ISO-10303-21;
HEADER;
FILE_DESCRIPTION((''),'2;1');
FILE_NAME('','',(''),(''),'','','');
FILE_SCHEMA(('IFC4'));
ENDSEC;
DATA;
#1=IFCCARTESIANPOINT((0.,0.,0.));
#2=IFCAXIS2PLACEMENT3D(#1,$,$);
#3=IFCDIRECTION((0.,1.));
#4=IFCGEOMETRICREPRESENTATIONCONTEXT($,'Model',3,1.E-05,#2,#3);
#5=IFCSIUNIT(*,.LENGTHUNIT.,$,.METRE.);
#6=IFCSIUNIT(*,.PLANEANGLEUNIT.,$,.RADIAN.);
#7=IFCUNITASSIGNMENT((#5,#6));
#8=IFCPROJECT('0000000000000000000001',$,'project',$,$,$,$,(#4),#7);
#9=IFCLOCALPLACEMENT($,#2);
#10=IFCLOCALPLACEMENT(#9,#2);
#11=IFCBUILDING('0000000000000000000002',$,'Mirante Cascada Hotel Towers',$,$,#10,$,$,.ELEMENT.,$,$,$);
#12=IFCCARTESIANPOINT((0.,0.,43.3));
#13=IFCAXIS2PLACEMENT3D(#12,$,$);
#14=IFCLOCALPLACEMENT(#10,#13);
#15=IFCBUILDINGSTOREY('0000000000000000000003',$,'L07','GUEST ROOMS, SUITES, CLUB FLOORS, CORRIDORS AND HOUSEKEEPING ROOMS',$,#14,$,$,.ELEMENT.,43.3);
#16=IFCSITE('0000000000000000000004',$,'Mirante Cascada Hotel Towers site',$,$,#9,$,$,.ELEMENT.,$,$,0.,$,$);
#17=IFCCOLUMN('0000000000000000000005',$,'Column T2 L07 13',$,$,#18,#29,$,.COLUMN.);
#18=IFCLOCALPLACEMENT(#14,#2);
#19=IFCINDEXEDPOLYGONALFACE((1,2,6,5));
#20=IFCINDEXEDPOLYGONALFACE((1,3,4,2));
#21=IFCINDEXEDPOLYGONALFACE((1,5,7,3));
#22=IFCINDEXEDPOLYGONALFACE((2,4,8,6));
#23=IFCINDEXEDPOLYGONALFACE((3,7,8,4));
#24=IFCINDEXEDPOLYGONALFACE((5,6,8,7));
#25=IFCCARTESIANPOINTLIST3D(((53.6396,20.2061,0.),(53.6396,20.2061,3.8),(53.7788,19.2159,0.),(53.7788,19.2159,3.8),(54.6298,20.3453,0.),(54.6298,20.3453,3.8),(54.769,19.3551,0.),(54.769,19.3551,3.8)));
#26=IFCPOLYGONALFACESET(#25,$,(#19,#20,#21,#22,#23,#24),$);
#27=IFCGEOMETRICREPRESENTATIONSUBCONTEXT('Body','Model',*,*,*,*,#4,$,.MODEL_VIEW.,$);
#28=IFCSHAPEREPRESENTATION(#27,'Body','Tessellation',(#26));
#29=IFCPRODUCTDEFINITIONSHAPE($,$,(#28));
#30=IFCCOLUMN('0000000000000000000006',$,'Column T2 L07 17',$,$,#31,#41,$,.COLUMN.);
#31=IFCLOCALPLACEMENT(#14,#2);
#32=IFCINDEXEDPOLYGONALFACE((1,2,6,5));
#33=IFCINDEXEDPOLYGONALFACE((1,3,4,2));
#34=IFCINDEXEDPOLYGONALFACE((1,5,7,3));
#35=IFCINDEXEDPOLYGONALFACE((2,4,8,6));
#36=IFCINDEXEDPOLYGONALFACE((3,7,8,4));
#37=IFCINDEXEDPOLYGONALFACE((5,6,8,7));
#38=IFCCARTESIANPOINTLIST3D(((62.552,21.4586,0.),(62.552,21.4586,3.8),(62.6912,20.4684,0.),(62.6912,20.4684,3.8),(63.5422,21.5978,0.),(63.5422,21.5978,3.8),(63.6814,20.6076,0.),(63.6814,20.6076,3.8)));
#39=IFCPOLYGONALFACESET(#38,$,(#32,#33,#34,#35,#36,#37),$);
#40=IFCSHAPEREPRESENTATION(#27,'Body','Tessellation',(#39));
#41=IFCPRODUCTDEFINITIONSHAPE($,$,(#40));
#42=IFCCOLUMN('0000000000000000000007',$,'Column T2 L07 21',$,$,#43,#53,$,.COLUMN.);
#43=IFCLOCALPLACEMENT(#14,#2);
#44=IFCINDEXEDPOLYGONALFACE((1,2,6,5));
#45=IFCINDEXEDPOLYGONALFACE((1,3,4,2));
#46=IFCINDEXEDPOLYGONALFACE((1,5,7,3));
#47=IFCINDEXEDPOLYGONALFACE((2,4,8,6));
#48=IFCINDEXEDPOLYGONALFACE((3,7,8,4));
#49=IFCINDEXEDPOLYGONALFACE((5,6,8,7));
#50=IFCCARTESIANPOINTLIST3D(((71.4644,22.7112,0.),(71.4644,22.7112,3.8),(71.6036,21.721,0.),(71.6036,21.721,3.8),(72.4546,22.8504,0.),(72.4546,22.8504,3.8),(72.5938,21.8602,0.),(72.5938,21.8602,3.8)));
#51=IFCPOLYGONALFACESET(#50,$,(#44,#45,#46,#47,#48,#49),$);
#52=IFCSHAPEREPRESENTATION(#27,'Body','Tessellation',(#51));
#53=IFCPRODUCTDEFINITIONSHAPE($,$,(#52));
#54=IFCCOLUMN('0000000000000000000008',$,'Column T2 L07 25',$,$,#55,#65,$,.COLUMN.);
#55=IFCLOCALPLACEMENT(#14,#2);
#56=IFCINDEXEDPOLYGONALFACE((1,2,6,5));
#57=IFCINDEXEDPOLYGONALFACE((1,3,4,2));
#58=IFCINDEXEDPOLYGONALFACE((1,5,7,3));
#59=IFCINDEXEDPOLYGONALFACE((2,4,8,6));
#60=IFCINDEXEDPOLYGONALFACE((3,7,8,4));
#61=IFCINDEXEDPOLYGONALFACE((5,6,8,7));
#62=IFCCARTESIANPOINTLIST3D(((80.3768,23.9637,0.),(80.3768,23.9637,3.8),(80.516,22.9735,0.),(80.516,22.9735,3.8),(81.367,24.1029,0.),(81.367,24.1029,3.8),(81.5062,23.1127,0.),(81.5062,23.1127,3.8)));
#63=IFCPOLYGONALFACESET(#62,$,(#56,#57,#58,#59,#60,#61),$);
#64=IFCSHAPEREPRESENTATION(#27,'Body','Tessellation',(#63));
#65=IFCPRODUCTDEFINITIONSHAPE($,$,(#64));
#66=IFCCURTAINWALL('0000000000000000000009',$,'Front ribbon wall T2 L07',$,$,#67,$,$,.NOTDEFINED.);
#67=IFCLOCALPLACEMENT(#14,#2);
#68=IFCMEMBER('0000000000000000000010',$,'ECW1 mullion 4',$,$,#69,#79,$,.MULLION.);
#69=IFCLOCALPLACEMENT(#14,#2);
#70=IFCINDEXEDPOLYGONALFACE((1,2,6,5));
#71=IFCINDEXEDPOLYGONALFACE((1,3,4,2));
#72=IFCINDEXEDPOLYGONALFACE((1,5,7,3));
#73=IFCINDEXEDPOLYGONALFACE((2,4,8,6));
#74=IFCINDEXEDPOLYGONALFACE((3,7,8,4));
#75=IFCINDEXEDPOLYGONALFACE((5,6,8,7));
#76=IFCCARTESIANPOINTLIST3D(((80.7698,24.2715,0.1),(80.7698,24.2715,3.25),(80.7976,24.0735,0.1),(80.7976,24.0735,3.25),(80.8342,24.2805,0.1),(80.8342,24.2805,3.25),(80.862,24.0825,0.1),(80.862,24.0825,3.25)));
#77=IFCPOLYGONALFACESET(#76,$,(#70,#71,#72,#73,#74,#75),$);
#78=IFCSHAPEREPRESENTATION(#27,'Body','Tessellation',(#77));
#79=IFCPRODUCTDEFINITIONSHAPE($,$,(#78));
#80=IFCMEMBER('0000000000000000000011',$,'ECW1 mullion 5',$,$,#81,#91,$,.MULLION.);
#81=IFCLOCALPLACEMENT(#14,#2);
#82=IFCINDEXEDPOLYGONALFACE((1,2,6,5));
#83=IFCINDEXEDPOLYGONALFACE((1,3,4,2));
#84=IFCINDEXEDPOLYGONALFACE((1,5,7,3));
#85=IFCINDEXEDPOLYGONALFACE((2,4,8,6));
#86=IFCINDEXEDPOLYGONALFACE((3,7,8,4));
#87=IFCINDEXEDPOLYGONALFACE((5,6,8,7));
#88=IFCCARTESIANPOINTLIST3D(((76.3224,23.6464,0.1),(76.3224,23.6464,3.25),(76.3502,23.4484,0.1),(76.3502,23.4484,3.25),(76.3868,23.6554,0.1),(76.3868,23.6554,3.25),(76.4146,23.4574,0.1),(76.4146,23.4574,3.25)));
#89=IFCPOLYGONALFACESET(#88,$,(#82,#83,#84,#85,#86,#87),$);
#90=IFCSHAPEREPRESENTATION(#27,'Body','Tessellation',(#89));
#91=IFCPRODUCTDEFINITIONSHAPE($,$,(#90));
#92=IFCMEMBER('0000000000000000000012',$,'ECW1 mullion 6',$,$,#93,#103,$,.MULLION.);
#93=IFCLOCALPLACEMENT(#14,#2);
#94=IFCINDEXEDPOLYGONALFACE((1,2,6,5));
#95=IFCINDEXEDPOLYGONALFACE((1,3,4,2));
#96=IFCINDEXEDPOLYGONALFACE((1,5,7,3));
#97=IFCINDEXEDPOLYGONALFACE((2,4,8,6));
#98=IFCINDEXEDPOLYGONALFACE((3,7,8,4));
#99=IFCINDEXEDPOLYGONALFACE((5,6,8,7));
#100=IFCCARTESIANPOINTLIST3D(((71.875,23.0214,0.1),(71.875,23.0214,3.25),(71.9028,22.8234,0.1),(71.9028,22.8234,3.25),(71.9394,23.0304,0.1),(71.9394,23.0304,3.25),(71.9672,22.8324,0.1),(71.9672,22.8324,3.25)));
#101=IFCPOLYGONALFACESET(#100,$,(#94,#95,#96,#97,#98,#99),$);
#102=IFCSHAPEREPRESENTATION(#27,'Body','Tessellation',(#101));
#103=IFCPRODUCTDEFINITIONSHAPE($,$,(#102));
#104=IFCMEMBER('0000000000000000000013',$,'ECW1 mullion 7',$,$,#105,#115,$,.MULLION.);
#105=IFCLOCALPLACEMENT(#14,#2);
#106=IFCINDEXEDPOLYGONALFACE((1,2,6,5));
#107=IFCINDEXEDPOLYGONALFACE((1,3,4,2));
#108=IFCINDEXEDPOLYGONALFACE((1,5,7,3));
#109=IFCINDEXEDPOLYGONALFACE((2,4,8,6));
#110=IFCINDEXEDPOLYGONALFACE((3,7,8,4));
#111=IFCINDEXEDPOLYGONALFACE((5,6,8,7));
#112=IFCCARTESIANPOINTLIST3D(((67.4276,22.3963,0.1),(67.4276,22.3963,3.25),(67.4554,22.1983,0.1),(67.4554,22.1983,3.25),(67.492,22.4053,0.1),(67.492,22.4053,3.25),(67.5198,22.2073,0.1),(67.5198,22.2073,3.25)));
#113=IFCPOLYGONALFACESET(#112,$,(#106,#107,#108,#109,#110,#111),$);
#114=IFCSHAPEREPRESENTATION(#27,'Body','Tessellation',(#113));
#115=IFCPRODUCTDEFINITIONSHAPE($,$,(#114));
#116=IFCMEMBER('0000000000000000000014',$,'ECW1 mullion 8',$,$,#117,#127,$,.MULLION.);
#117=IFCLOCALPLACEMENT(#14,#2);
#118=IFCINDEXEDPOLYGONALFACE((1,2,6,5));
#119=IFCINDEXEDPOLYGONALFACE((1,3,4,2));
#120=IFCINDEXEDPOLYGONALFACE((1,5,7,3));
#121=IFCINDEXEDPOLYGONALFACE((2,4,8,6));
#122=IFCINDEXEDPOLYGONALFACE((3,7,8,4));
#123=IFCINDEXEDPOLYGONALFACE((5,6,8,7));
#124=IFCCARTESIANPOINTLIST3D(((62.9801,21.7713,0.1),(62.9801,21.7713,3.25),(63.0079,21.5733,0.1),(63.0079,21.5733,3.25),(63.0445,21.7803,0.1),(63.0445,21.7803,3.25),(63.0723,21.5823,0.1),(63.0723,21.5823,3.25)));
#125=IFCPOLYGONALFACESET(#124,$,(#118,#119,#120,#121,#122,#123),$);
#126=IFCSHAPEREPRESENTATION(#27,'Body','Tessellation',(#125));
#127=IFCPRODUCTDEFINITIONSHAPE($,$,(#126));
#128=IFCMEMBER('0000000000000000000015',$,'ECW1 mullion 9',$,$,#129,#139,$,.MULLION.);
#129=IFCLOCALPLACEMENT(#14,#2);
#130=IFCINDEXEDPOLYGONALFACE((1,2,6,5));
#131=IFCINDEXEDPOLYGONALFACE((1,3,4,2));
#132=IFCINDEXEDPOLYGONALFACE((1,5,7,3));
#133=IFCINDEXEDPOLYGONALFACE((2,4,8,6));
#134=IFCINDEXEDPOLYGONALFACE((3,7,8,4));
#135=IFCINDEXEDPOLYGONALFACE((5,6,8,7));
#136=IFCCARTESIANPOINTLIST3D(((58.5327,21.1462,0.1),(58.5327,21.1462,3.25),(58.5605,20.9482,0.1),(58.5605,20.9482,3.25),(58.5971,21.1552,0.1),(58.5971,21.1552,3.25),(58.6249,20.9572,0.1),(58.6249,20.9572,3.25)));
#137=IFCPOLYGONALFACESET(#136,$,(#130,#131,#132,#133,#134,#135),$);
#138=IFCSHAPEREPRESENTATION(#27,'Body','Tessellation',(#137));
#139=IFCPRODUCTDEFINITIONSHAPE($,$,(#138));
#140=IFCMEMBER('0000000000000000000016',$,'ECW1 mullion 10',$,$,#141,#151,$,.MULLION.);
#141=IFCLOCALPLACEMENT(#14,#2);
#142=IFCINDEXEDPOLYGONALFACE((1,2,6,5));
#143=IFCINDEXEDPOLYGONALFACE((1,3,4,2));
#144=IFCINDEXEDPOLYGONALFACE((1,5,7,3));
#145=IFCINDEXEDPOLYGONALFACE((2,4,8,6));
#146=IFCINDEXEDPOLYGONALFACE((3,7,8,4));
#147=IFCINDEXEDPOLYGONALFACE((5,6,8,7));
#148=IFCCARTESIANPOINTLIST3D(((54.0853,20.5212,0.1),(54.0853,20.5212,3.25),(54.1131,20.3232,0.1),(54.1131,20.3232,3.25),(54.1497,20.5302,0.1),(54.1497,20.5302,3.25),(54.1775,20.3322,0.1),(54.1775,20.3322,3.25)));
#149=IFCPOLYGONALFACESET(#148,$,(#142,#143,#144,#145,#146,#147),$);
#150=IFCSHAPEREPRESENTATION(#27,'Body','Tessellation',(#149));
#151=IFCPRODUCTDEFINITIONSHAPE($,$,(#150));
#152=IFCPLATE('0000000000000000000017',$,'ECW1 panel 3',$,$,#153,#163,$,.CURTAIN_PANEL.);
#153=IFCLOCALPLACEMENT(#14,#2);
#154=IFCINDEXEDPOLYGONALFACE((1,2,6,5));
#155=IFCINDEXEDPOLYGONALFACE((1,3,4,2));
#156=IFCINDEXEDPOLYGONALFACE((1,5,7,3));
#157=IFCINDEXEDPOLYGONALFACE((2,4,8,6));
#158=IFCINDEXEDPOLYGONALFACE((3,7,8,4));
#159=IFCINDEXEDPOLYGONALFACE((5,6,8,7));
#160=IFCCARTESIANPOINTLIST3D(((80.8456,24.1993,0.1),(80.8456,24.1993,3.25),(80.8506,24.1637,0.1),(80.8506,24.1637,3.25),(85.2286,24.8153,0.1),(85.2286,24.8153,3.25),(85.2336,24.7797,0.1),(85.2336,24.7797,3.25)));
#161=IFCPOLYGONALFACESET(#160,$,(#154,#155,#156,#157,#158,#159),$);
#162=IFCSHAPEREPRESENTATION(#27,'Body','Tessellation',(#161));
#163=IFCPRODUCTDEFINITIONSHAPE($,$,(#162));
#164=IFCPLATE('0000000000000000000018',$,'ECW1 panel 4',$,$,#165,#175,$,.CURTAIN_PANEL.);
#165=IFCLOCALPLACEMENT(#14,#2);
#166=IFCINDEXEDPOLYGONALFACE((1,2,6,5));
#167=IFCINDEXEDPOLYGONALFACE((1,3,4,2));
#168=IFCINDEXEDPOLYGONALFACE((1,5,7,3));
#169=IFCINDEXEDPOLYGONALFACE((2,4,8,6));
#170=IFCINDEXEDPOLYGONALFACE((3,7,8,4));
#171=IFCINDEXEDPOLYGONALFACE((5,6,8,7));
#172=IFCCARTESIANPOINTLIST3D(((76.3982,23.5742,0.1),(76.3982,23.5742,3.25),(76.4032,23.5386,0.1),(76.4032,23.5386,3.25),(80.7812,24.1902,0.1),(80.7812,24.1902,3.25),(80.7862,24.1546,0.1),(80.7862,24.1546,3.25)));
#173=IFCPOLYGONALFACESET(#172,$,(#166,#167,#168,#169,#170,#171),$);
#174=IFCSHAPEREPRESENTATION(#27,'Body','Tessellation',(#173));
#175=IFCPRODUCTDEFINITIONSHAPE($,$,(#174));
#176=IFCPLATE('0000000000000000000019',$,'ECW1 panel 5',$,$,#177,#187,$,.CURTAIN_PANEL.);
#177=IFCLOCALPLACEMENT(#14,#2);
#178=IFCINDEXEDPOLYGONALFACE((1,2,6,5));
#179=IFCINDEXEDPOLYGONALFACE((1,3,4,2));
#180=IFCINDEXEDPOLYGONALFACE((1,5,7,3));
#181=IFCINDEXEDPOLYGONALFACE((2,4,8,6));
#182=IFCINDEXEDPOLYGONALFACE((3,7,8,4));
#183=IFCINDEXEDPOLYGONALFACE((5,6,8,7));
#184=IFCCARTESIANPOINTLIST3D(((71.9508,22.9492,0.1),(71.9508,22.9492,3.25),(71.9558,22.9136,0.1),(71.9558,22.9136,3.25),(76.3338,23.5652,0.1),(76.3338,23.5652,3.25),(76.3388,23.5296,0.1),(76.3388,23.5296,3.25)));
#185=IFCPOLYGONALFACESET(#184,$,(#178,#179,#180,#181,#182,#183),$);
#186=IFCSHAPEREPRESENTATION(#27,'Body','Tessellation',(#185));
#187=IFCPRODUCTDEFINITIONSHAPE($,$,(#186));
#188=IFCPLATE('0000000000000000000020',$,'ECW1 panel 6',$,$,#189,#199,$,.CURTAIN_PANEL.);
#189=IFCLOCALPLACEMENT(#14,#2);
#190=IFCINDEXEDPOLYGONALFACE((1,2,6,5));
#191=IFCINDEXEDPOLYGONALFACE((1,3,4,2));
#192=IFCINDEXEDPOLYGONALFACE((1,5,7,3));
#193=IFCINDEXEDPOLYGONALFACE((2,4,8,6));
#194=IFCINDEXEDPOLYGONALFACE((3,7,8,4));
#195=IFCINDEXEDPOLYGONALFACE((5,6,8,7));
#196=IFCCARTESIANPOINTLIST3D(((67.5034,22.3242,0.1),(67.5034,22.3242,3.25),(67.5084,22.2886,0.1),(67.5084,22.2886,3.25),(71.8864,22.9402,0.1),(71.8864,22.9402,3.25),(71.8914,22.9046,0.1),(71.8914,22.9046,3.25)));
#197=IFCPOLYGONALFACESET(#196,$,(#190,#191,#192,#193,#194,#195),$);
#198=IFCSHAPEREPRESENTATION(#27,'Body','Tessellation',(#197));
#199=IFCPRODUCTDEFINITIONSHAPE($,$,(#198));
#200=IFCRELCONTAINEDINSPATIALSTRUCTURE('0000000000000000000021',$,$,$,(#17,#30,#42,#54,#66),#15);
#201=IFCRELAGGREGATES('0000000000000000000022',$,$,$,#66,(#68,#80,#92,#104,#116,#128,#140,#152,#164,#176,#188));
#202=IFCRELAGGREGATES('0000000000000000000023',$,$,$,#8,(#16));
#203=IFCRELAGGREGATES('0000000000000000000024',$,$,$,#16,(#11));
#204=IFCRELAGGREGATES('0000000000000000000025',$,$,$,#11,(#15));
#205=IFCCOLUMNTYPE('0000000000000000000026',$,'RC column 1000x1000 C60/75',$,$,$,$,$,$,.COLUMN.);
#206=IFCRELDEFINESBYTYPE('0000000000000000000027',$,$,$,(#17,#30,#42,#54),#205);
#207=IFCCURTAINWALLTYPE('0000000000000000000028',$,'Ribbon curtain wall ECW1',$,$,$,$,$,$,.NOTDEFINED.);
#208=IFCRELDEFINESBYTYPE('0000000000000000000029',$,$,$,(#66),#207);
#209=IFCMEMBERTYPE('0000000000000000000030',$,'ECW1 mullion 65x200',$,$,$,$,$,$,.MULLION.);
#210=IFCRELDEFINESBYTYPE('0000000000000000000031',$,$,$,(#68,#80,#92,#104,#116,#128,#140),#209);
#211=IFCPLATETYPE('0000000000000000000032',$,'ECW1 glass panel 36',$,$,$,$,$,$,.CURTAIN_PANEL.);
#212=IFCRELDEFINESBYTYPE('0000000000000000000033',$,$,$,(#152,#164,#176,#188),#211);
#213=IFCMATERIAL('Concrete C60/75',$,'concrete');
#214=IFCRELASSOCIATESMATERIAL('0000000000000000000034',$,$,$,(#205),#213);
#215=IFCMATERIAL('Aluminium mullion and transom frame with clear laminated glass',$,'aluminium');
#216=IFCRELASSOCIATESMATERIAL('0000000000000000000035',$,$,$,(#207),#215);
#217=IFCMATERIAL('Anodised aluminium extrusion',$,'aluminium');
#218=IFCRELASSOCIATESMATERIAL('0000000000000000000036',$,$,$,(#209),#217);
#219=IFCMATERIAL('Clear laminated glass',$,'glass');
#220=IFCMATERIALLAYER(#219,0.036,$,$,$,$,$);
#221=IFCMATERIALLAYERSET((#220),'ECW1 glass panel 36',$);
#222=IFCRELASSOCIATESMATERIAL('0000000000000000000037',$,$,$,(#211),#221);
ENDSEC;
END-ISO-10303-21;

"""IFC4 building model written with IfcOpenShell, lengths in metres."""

from ifc_helpers import new_model, si_unit, direction, frame, origin, origin_2d, place, context, subcontext, project, spatial, rectangle, extrude, material, layer, layer_set, material_profile, profile_set, type_object, element, aggregate, save


model = new_model("IFC4")

# Units and contexts
model_context = context("Model", 3, precision=1e-05, world=origin(), true_north=direction((0.0, 1.0)))
body_context = subcontext(model_context, "Body", "Model", "MODEL_VIEW")
ifc_project = project(units=[si_unit("LENGTHUNIT", "METRE"), si_unit("PLANEANGLEUNIT", "RADIAN")], contexts=[model_context])

# Site, building, storey
site_placement = place(None, origin())
site = spatial("IfcSite", under=ifc_project, at=site_placement, Name="Mirante Cascada Hotel Towers site", CompositionType="ELEMENT", RefElevation=0.0)
building_placement = place(site_placement, origin())
building = spatial("IfcBuilding", under=site, at=building_placement, Name="Mirante Cascada Hotel Towers", CompositionType="ELEMENT")
storey_placement = place(building_placement, frame((0.0, 0.0, 43.3)))
storey = spatial("IfcBuildingStorey", under=building, at=storey_placement, Name="L07", Description="GUEST ROOMS, SUITES, CLUB FLOORS, CORRIDORS AND HOUSEKEEPING ROOMS", CompositionType="ELEMENT", Elevation=43.3)

# Columns
ifc_material_1 = material(Name="Concrete C60/75", Category="concrete")
ifc_material_profile_1 = material_profile(ifc_material_1, rectangle(XDim=1.0, YDim=1.0, at=origin_2d()), Name="RC column 1000x1000 C60/75")
ifc_profile_set_1 = profile_set([ifc_material_profile_1], Name="Concrete C60/75")
column_type = type_object("IfcColumnType", Name="RC column 1000x1000 C60/75", PredefinedType="COLUMN", material=ifc_profile_set_1)
for number, where, z_axis, x_axis, name in (
    (1, (54.2043, 19.7806, 0.0), (0.0, 0.0, 1.0), (0.990268, 0.139173, 0.0), "Column T2 L07 13"),
    (2, (63.1167, 21.0331, 0.0), (0.0, 0.0, 1.0), (0.990268, 0.139173, 0.0), "Column T2 L07 17"),
    (3, (72.0291, 22.2857, 0.0), (0.0, 0.0, 1.0), (0.990268, 0.139173, 0.0), "Column T2 L07 21"),
    (4, (80.9415, 23.5382, 0.0), (0.0, 0.0, 1.0), (0.990268, 0.139173, 0.0), "Column T2 L07 25"),
):
    element("IfcColumn", number, at=place(storey_placement, frame(where, z_axis=z_axis, x_axis=x_axis)), inside=storey, type_object=column_type, Name=name, PredefinedType="COLUMN", context=body_context, shape_type="SweptSolid", body=[
        extrude(rectangle(XDim=1.0, YDim=1.0, at=origin_2d()), origin(), (0.0, 0.0, 1.0), 3.8),
    ])

# Curtain wall, members, plates
ifc_material_2 = material(Name="Aluminium mullion and transom frame with clear laminated glass", Category="aluminium")
curtain_wall_type = type_object("IfcCurtainWallType", Name="Ribbon curtain wall ECW1", PredefinedType="NOTDEFINED", material=ifc_material_2)
curtain_wall_placement = place(storey_placement, origin())
curtain_wall = element("IfcCurtainWall", 5, at=curtain_wall_placement, inside=storey, type_object=curtain_wall_type, Name="Front ribbon wall T2 L07", PredefinedType="NOTDEFINED")
ifc_material_3 = material(Name="Anodised aluminium extrusion", Category="aluminium")
ifc_material_profile_2 = material_profile(ifc_material_3, rectangle(XDim=0.2, YDim=0.065, at=origin_2d()), Name="ECW1 MULLION 65x200")
ifc_profile_set_2 = profile_set([ifc_material_profile_2], Name="Anodised aluminium extrusion")
member_type = type_object("IfcMemberType", Name="ECW1 mullion 65x200", PredefinedType="MULLION", material=ifc_profile_set_2)
member_1_placement = place(storey_placement, frame((80.8159, 24.177, 0.1), z_axis=(0.0, 0.0, 1.0), x_axis=(0.139173, -0.990268, 0.0)))
member_1 = element("IfcMember", 6, at=member_1_placement, type_object=member_type, Name="ECW1 mullion 4", PredefinedType="MULLION", context=body_context, shape_type="SweptSolid", body=[
    extrude(rectangle(XDim=0.2, YDim=0.065, at=origin_2d()), origin(), (0.0, 0.0, 1.0), 3.15),
])
member_2_placement = place(storey_placement, frame((76.3685, 23.5519, 0.1), z_axis=(0.0, 0.0, 1.0), x_axis=(0.139173, -0.990268, 0.0)))
member_2 = element("IfcMember", 7, at=member_2_placement, type_object=member_type, Name="ECW1 mullion 5", PredefinedType="MULLION", context=body_context, shape_type="SweptSolid", body=[
    extrude(rectangle(XDim=0.2, YDim=0.065, at=origin_2d()), origin(), (0.0, 0.0, 1.0), 3.15),
])
member_3_placement = place(storey_placement, frame((71.9211, 22.9269, 0.1), z_axis=(0.0, 0.0, 1.0), x_axis=(0.139173, -0.990268, 0.0)))
member_3 = element("IfcMember", 8, at=member_3_placement, type_object=member_type, Name="ECW1 mullion 6", PredefinedType="MULLION", context=body_context, shape_type="SweptSolid", body=[
    extrude(rectangle(XDim=0.2, YDim=0.065, at=origin_2d()), origin(), (0.0, 0.0, 1.0), 3.15),
])
member_4_placement = place(storey_placement, frame((67.4737, 22.3018, 0.1), z_axis=(0.0, 0.0, 1.0), x_axis=(0.139173, -0.990268, 0.0)))
member_4 = element("IfcMember", 9, at=member_4_placement, type_object=member_type, Name="ECW1 mullion 7", PredefinedType="MULLION", context=body_context, shape_type="SweptSolid", body=[
    extrude(rectangle(XDim=0.2, YDim=0.065, at=origin_2d()), origin(), (0.0, 0.0, 1.0), 3.15),
])
member_5_placement = place(storey_placement, frame((63.0262, 21.6768, 0.1), z_axis=(0.0, 0.0, 1.0), x_axis=(0.139173, -0.990268, 0.0)))
member_5 = element("IfcMember", 10, at=member_5_placement, type_object=member_type, Name="ECW1 mullion 8", PredefinedType="MULLION", context=body_context, shape_type="SweptSolid", body=[
    extrude(rectangle(XDim=0.2, YDim=0.065, at=origin_2d()), origin(), (0.0, 0.0, 1.0), 3.15),
])
member_6_placement = place(storey_placement, frame((58.5788, 21.0517, 0.1), z_axis=(0.0, 0.0, 1.0), x_axis=(0.139173, -0.990268, 0.0)))
member_6 = element("IfcMember", 11, at=member_6_placement, type_object=member_type, Name="ECW1 mullion 9", PredefinedType="MULLION", context=body_context, shape_type="SweptSolid", body=[
    extrude(rectangle(XDim=0.2, YDim=0.065, at=origin_2d()), origin(), (0.0, 0.0, 1.0), 3.15),
])
member_7_placement = place(storey_placement, frame((54.1314, 20.4267, 0.1), z_axis=(0.0, 0.0, 1.0), x_axis=(0.139173, -0.990268, 0.0)))
member_7 = element("IfcMember", 12, at=member_7_placement, type_object=member_type, Name="ECW1 mullion 10", PredefinedType="MULLION", context=body_context, shape_type="SweptSolid", body=[
    extrude(rectangle(XDim=0.2, YDim=0.065, at=origin_2d()), origin(), (0.0, 0.0, 1.0), 3.15),
])
ifc_material_4 = material(Name="Clear laminated glass", Category="glass")
ifc_layer_1 = layer(ifc_material_4, 0.036)
ifc_layer_set_1 = layer_set([ifc_layer_1], Name="ECW1 glass panel 36")
plate_type = type_object("IfcPlateType", Name="ECW1 glass panel 36", PredefinedType="CURTAIN_PANEL", material=ifc_layer_set_1)
plate_1_placement = place(storey_placement, frame((83.0396, 24.4895, 0.1), z_axis=(0.0, 0.0, 1.0), x_axis=(-0.990268, -0.139173, 0.0)))
plate_1 = element("IfcPlate", 13, at=plate_1_placement, type_object=plate_type, Name="ECW1 panel 3", PredefinedType="CURTAIN_PANEL", context=body_context, shape_type="SweptSolid", body=[
    extrude(rectangle(XDim=4.4261, YDim=0.036, at=origin_2d()), origin(), (0.0, 0.0, 1.0), 3.15),
])
plate_2_placement = place(storey_placement, frame((78.5922, 23.8644, 0.1), z_axis=(0.0, 0.0, 1.0), x_axis=(-0.990268, -0.139173, 0.0)))
plate_2 = element("IfcPlate", 14, at=plate_2_placement, type_object=plate_type, Name="ECW1 panel 4", PredefinedType="CURTAIN_PANEL", context=body_context, shape_type="SweptSolid", body=[
    extrude(rectangle(XDim=4.4261, YDim=0.036, at=origin_2d()), origin(), (0.0, 0.0, 1.0), 3.15),
])
plate_3_placement = place(storey_placement, frame((74.1448, 23.2394, 0.1), z_axis=(0.0, 0.0, 1.0), x_axis=(-0.990268, -0.139173, 0.0)))
plate_3 = element("IfcPlate", 15, at=plate_3_placement, type_object=plate_type, Name="ECW1 panel 5", PredefinedType="CURTAIN_PANEL", context=body_context, shape_type="SweptSolid", body=[
    extrude(rectangle(XDim=4.4261, YDim=0.036, at=origin_2d()), origin(), (0.0, 0.0, 1.0), 3.15),
])
plate_4_placement = place(storey_placement, frame((69.6974, 22.6144, 0.1), z_axis=(0.0, 0.0, 1.0), x_axis=(-0.990268, -0.139173, 0.0)))
plate_4 = element("IfcPlate", 16, at=plate_4_placement, type_object=plate_type, Name="ECW1 panel 6", PredefinedType="CURTAIN_PANEL", context=body_context, shape_type="SweptSolid", body=[
    extrude(rectangle(XDim=4.4261, YDim=0.036, at=origin_2d()), origin(), (0.0, 0.0, 1.0), 3.15),
])
aggregate(curtain_wall, [member_1, member_2, member_3, member_4, member_5, member_6, member_7, plate_1, plate_2, plate_3, plate_4])

save(model, "model.ifc")
